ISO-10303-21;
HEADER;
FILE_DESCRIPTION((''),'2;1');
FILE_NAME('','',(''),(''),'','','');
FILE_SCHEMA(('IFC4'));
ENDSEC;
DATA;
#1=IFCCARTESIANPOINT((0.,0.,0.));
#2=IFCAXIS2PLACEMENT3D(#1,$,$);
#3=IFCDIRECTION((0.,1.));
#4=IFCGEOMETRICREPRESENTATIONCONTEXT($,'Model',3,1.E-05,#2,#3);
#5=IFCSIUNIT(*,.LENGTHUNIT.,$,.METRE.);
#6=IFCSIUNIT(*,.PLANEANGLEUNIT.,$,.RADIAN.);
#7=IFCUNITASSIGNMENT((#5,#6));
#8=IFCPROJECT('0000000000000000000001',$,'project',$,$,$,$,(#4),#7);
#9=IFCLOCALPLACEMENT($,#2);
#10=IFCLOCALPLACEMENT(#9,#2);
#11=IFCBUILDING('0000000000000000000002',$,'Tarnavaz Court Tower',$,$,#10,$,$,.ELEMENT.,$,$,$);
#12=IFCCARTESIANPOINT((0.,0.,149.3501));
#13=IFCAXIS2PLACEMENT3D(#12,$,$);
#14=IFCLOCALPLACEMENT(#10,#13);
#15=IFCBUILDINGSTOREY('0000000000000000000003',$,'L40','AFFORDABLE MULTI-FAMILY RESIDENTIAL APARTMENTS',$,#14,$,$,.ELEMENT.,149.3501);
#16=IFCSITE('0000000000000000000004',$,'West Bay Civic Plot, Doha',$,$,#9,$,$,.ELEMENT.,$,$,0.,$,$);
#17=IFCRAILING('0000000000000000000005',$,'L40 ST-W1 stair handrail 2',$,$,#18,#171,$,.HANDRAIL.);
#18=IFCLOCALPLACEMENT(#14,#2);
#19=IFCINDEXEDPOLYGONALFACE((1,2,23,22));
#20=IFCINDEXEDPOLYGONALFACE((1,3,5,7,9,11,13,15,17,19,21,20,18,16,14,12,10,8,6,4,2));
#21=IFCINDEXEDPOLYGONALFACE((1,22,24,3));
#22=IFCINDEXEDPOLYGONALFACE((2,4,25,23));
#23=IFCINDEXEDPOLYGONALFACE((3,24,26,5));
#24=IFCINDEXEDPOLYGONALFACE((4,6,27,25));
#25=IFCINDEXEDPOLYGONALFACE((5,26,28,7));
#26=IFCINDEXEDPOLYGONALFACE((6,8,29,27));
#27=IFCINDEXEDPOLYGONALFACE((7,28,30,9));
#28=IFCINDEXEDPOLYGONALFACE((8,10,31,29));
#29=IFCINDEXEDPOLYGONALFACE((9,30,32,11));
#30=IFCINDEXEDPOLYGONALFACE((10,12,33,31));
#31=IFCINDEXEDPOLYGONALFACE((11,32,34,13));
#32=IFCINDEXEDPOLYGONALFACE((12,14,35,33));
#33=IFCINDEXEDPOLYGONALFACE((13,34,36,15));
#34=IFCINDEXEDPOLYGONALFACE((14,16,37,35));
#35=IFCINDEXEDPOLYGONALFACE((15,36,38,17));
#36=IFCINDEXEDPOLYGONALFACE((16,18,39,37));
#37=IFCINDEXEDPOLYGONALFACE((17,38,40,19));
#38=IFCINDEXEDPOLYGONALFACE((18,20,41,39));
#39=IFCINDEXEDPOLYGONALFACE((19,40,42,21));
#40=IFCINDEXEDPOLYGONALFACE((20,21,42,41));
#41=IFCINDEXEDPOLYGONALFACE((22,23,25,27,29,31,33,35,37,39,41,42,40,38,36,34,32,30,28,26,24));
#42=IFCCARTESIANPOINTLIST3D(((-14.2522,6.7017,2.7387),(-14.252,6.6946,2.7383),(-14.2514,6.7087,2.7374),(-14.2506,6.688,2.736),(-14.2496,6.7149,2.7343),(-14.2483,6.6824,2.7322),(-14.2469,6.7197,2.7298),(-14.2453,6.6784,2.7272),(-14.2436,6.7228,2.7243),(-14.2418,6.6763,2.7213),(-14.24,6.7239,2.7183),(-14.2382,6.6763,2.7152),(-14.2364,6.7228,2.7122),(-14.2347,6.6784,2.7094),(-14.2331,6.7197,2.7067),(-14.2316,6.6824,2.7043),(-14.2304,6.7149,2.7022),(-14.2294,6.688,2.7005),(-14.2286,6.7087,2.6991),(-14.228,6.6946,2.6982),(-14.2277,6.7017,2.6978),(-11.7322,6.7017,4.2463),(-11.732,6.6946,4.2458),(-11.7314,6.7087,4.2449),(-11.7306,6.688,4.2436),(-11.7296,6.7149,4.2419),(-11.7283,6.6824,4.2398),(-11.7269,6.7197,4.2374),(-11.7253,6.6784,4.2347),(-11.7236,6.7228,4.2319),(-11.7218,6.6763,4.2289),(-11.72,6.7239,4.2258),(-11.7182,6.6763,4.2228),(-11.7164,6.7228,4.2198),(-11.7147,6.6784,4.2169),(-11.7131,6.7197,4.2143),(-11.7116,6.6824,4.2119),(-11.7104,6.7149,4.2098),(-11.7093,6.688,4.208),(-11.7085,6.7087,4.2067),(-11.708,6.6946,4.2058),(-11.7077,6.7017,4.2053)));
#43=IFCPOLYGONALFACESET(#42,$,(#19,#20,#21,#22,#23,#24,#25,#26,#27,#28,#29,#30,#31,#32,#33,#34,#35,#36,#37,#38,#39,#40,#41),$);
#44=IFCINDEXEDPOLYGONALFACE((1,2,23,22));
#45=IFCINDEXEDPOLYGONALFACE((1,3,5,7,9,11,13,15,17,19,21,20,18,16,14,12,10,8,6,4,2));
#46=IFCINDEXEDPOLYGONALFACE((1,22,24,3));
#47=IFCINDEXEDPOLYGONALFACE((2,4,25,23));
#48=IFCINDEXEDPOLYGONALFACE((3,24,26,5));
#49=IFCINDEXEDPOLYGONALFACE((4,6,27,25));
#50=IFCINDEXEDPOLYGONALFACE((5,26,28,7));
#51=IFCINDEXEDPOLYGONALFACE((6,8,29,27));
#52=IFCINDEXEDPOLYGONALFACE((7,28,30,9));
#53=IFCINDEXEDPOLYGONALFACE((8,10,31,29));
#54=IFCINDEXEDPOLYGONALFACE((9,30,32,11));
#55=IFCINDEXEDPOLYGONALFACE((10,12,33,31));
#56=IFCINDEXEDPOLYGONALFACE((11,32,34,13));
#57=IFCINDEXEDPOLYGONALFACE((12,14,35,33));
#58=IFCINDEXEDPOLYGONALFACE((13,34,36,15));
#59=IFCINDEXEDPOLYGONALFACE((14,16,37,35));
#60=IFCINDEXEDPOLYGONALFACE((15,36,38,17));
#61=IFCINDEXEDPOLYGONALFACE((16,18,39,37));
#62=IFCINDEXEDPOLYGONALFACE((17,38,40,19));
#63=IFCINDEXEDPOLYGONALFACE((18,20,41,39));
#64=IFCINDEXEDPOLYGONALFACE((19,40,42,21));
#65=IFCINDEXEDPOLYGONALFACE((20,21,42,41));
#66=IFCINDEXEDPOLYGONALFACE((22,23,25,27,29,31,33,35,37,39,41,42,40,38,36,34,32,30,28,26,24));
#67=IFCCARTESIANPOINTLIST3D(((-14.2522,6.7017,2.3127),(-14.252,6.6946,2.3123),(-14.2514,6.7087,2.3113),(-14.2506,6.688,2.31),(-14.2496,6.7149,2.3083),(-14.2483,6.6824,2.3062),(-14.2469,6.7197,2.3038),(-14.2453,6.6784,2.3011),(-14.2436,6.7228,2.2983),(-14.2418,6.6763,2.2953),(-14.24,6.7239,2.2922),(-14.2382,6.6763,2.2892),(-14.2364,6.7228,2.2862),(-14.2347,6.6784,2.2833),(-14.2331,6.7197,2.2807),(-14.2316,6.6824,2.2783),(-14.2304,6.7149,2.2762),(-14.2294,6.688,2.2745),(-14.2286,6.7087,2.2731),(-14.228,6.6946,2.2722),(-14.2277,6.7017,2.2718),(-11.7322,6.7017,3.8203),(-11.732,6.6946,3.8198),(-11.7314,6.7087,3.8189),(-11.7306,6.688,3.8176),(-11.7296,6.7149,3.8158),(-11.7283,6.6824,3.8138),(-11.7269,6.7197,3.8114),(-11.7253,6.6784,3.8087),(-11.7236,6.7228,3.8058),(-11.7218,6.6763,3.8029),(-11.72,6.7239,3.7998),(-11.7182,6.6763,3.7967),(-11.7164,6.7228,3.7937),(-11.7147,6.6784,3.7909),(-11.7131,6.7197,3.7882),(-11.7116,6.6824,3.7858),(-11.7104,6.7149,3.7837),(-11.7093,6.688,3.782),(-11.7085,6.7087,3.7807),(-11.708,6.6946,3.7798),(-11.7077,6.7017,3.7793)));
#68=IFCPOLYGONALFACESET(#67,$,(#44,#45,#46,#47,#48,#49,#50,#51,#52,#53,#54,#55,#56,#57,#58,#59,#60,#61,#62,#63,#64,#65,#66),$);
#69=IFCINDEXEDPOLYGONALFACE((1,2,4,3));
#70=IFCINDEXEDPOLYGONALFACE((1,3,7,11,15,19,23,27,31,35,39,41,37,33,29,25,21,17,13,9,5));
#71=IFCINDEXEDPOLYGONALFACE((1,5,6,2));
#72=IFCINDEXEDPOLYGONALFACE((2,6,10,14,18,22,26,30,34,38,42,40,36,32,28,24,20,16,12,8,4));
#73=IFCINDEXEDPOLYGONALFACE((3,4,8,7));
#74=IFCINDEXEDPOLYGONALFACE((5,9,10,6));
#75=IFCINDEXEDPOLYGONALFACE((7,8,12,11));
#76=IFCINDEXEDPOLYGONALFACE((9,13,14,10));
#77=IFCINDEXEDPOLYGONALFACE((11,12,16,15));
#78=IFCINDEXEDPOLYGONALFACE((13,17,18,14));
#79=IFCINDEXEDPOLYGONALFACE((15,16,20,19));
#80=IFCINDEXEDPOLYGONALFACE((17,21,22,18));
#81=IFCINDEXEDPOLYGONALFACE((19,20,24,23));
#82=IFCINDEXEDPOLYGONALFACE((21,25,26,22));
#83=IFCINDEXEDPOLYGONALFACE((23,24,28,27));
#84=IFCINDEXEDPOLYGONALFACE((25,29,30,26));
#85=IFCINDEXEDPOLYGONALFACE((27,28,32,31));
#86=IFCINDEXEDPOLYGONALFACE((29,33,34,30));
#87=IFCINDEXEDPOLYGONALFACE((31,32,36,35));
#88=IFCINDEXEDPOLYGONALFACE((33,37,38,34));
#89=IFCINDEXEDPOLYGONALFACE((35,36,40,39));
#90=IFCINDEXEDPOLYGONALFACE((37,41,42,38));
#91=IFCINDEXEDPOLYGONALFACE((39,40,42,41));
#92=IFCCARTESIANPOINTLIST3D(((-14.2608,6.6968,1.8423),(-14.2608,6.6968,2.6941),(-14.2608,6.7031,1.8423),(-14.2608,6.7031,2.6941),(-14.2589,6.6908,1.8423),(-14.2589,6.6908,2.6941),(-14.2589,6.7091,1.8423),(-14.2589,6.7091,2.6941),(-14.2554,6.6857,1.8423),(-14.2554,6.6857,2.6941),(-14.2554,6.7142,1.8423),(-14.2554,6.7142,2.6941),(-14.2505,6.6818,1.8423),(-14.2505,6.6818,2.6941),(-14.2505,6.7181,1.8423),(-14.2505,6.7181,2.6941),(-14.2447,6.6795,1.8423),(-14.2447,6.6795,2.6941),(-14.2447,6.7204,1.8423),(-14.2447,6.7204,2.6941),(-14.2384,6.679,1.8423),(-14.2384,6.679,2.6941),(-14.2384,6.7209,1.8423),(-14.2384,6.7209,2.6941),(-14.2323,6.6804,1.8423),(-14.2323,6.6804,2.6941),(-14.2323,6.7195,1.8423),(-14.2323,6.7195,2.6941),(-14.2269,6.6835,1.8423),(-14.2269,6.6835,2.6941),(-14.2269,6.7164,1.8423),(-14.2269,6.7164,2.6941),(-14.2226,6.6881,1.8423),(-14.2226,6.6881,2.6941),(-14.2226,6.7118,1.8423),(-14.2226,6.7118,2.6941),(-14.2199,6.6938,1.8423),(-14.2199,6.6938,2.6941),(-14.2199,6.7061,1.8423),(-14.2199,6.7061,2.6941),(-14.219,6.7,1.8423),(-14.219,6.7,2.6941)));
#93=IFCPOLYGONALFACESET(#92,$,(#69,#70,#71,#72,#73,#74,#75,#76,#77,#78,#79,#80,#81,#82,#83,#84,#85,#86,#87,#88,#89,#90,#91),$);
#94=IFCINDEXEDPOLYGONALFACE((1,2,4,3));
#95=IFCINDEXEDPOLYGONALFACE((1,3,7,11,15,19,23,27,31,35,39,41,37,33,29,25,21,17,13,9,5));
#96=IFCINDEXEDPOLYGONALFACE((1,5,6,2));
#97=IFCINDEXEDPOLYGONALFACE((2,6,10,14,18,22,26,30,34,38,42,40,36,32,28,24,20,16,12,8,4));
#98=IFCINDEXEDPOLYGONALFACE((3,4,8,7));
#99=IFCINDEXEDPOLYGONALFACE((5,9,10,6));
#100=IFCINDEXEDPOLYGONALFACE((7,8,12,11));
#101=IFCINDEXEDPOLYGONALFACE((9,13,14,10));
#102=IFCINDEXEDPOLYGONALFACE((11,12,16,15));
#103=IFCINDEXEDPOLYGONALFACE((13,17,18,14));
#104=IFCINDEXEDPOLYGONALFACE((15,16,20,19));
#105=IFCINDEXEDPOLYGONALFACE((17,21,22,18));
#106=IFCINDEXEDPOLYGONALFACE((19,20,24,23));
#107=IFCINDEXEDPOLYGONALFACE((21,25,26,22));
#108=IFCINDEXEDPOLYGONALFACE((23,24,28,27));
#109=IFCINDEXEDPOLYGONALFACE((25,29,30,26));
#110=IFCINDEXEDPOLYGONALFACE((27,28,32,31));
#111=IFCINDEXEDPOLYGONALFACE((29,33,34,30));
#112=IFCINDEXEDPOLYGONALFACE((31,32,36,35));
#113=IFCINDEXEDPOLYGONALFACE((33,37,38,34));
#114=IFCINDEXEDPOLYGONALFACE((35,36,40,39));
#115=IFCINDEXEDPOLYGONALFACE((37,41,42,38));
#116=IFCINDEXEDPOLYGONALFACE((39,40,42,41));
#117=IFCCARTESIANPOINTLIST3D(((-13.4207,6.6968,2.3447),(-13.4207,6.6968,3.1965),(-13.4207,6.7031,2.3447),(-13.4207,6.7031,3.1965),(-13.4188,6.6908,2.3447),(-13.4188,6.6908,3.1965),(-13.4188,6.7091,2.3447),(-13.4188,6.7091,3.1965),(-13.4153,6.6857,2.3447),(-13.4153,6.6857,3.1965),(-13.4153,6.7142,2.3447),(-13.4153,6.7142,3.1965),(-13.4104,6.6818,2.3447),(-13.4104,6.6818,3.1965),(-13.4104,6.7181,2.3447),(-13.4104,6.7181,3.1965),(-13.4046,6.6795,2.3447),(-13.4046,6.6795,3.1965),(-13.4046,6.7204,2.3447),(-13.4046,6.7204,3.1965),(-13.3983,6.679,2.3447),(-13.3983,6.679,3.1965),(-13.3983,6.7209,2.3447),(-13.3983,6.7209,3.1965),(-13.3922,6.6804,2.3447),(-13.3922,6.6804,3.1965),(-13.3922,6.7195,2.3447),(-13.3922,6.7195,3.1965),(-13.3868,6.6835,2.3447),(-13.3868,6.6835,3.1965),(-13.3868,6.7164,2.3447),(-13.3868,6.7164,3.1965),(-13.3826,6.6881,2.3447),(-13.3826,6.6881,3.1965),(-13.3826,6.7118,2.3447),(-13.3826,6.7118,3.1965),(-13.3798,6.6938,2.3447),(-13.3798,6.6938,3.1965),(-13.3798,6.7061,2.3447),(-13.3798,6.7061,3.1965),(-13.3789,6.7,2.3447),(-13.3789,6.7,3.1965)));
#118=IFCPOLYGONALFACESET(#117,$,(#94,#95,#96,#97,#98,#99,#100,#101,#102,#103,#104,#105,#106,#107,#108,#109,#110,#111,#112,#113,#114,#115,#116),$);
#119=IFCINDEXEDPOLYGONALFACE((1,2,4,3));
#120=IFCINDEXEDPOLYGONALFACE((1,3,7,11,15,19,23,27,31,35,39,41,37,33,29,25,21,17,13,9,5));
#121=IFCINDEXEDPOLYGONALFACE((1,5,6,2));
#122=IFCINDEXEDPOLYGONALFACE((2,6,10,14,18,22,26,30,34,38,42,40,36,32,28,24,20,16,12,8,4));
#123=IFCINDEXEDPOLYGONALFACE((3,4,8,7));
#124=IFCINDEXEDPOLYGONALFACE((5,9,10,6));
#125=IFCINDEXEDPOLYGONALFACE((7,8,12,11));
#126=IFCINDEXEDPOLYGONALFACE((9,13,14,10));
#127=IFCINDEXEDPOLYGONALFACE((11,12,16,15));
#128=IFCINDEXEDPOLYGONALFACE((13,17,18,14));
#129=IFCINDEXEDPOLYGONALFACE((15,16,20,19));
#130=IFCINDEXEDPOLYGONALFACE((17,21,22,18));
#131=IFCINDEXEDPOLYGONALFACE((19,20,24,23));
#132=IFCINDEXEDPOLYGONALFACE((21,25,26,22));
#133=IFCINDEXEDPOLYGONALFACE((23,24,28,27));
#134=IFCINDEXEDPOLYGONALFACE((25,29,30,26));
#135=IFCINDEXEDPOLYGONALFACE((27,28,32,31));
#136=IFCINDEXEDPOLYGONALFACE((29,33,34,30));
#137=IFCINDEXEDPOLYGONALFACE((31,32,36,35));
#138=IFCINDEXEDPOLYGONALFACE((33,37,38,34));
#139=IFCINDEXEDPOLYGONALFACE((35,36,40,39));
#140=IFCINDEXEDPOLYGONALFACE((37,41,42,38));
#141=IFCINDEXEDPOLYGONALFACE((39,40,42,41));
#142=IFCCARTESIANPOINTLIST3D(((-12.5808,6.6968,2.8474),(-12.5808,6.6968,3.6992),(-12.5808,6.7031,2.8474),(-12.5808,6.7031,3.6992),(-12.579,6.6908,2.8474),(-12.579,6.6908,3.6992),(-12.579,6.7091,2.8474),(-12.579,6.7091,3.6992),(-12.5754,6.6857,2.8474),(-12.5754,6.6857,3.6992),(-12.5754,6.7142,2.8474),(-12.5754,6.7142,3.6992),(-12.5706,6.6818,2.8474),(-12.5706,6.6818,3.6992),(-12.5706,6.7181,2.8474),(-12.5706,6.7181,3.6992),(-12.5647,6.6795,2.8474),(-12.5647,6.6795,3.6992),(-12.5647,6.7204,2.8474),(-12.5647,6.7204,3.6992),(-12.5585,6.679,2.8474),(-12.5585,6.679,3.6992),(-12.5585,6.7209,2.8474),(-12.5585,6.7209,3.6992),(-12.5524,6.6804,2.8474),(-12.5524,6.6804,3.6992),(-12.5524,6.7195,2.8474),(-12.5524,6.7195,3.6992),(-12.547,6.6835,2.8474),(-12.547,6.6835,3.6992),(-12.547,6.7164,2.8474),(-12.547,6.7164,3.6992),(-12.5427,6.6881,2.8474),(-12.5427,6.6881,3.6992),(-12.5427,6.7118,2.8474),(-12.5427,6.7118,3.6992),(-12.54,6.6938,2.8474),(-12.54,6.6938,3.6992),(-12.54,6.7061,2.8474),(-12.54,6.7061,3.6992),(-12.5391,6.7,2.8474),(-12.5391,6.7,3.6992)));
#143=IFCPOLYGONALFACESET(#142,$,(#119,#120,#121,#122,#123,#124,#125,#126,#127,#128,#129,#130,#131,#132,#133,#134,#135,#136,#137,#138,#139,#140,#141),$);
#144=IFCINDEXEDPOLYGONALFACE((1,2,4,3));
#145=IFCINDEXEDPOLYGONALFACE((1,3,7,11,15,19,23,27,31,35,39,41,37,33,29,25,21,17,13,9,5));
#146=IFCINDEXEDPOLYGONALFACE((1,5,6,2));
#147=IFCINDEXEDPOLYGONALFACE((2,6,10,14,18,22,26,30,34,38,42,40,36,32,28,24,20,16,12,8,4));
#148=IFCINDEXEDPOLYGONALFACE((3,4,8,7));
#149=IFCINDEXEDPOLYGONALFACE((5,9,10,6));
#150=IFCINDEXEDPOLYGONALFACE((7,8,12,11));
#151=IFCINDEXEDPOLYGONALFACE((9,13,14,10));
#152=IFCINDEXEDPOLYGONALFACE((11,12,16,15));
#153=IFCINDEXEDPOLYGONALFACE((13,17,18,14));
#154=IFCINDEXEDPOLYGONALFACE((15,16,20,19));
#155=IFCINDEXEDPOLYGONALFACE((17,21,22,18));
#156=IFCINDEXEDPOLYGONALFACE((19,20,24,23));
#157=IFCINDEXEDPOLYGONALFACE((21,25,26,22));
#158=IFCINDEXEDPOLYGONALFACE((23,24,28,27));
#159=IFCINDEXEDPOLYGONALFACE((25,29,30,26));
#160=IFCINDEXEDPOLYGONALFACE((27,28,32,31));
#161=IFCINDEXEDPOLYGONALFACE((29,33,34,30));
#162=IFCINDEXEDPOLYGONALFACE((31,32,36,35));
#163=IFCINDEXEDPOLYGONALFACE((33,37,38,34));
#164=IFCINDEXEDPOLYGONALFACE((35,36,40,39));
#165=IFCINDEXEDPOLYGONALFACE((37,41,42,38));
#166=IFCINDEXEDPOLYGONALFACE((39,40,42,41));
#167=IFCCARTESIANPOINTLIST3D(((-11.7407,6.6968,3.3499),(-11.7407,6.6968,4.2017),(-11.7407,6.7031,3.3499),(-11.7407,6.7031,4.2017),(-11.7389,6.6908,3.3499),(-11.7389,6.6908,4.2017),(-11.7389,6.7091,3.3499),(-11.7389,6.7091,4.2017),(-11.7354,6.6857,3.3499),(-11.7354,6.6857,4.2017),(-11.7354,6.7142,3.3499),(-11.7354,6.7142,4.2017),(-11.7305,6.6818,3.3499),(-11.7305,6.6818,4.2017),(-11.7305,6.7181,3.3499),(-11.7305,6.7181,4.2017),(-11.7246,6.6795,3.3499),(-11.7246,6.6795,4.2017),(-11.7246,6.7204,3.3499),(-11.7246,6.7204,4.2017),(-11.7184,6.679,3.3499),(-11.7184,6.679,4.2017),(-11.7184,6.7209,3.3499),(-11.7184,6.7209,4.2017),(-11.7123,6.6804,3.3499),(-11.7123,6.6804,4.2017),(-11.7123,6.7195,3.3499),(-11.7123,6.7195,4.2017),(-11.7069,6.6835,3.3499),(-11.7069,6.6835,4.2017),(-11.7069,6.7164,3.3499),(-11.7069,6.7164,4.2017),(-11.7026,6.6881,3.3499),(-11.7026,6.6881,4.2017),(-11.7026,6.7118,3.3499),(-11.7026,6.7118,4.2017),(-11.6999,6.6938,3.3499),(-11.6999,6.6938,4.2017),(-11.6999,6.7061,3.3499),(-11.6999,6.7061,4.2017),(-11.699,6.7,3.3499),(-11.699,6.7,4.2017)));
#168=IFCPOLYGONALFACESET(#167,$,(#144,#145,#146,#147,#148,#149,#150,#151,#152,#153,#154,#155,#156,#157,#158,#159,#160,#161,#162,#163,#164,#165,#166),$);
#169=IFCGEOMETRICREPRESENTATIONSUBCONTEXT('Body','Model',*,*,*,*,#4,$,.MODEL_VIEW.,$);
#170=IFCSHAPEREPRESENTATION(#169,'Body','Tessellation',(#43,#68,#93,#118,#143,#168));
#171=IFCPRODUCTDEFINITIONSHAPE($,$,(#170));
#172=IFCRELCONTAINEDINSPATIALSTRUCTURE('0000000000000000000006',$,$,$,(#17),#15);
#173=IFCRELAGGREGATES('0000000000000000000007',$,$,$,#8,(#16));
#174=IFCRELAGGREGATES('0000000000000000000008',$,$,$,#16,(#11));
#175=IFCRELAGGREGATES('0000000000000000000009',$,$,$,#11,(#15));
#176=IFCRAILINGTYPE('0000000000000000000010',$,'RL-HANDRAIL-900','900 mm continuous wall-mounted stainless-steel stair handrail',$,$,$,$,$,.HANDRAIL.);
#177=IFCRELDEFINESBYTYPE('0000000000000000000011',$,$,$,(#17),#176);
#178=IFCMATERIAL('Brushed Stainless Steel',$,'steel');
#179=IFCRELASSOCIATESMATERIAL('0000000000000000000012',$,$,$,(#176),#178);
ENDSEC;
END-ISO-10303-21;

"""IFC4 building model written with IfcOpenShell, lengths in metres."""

from ifc_helpers import new_model, si_unit, direction, frame, origin, origin_2d, place, context, subcontext, project, spatial, circle, extrude, material, type_object, element, save


model = new_model("IFC4")

# Units and contexts
model_context = context("Model", 3, precision=1e-05, world=origin(), true_north=direction((0.0, 1.0)))
body_context = subcontext(model_context, "Body", "Model", "MODEL_VIEW")
ifc_project = project(units=[si_unit("LENGTHUNIT", "METRE"), si_unit("PLANEANGLEUNIT", "RADIAN")], contexts=[model_context])

# Site, building, storey
site_placement = place(None, origin())
site = spatial("IfcSite", under=ifc_project, at=site_placement, Name="West Bay Civic Plot, Doha", CompositionType="ELEMENT", RefElevation=0.0)
building_placement = place(site_placement, origin())
building = spatial("IfcBuilding", under=site, at=building_placement, Name="Tarnavaz Court Tower", CompositionType="ELEMENT")
storey_placement = place(building_placement, frame((0.0, 0.0, 149.3501)))
storey = spatial("IfcBuildingStorey", under=building, at=storey_placement, Name="L40", Description="AFFORDABLE MULTI-FAMILY RESIDENTIAL APARTMENTS", CompositionType="ELEMENT", Elevation=149.3501)

# Railing
ifc_material_1 = material(Name="Brushed Stainless Steel", Category="steel")
railing_type_1 = type_object("IfcRailingType", Name="RL-HANDRAIL-900", Description="900 mm continuous wall-mounted stainless-steel stair handrail", PredefinedType="HANDRAIL", material=ifc_material_1)
railing_1_placement = place(storey_placement, frame((-14.24, 6.7, 1.8423)))
element("IfcRailing", 1, at=railing_1_placement, inside=storey, type_object=railing_type_1, Name="L40 ST-W1 stair handrail 2", PredefinedType="HANDRAIL", context=body_context, shape_type="SweptSolid", body=[
    extrude(circle(Radius=0.0239, at=origin_2d()), frame((0.0, 0.0, 0.876), z_axis=(0.85816, 0.0, 0.513383), x_axis=(0.0, 1.0, 0.0)), (0.0, 0.0, 1.0), 2.9365),
    extrude(circle(Radius=0.0239, at=origin_2d()), frame((0.0, 0.0, 0.45), z_axis=(0.85816, 0.0, 0.513383), x_axis=(0.0, 1.0, 0.0)), (0.0, 0.0, 1.0), 2.9365),
    extrude(circle(Radius=0.021, at=origin_2d()), origin(), (0.0, 0.0, 1.0), 0.8518),
    extrude(circle(Radius=0.021, at=origin_2d()), frame((0.8401, 0.0, 0.5024)), (0.0, 0.0, 1.0), 0.8518),
    extrude(circle(Radius=0.021, at=origin_2d()), frame((1.6799, 0.0, 1.0051)), (0.0, 0.0, 1.0), 0.8518),
    extrude(circle(Radius=0.021, at=origin_2d()), frame((2.52, 0.0, 1.5076)), (0.0, 0.0, 1.0), 0.8518),
])

save(model, "model.ifc")
